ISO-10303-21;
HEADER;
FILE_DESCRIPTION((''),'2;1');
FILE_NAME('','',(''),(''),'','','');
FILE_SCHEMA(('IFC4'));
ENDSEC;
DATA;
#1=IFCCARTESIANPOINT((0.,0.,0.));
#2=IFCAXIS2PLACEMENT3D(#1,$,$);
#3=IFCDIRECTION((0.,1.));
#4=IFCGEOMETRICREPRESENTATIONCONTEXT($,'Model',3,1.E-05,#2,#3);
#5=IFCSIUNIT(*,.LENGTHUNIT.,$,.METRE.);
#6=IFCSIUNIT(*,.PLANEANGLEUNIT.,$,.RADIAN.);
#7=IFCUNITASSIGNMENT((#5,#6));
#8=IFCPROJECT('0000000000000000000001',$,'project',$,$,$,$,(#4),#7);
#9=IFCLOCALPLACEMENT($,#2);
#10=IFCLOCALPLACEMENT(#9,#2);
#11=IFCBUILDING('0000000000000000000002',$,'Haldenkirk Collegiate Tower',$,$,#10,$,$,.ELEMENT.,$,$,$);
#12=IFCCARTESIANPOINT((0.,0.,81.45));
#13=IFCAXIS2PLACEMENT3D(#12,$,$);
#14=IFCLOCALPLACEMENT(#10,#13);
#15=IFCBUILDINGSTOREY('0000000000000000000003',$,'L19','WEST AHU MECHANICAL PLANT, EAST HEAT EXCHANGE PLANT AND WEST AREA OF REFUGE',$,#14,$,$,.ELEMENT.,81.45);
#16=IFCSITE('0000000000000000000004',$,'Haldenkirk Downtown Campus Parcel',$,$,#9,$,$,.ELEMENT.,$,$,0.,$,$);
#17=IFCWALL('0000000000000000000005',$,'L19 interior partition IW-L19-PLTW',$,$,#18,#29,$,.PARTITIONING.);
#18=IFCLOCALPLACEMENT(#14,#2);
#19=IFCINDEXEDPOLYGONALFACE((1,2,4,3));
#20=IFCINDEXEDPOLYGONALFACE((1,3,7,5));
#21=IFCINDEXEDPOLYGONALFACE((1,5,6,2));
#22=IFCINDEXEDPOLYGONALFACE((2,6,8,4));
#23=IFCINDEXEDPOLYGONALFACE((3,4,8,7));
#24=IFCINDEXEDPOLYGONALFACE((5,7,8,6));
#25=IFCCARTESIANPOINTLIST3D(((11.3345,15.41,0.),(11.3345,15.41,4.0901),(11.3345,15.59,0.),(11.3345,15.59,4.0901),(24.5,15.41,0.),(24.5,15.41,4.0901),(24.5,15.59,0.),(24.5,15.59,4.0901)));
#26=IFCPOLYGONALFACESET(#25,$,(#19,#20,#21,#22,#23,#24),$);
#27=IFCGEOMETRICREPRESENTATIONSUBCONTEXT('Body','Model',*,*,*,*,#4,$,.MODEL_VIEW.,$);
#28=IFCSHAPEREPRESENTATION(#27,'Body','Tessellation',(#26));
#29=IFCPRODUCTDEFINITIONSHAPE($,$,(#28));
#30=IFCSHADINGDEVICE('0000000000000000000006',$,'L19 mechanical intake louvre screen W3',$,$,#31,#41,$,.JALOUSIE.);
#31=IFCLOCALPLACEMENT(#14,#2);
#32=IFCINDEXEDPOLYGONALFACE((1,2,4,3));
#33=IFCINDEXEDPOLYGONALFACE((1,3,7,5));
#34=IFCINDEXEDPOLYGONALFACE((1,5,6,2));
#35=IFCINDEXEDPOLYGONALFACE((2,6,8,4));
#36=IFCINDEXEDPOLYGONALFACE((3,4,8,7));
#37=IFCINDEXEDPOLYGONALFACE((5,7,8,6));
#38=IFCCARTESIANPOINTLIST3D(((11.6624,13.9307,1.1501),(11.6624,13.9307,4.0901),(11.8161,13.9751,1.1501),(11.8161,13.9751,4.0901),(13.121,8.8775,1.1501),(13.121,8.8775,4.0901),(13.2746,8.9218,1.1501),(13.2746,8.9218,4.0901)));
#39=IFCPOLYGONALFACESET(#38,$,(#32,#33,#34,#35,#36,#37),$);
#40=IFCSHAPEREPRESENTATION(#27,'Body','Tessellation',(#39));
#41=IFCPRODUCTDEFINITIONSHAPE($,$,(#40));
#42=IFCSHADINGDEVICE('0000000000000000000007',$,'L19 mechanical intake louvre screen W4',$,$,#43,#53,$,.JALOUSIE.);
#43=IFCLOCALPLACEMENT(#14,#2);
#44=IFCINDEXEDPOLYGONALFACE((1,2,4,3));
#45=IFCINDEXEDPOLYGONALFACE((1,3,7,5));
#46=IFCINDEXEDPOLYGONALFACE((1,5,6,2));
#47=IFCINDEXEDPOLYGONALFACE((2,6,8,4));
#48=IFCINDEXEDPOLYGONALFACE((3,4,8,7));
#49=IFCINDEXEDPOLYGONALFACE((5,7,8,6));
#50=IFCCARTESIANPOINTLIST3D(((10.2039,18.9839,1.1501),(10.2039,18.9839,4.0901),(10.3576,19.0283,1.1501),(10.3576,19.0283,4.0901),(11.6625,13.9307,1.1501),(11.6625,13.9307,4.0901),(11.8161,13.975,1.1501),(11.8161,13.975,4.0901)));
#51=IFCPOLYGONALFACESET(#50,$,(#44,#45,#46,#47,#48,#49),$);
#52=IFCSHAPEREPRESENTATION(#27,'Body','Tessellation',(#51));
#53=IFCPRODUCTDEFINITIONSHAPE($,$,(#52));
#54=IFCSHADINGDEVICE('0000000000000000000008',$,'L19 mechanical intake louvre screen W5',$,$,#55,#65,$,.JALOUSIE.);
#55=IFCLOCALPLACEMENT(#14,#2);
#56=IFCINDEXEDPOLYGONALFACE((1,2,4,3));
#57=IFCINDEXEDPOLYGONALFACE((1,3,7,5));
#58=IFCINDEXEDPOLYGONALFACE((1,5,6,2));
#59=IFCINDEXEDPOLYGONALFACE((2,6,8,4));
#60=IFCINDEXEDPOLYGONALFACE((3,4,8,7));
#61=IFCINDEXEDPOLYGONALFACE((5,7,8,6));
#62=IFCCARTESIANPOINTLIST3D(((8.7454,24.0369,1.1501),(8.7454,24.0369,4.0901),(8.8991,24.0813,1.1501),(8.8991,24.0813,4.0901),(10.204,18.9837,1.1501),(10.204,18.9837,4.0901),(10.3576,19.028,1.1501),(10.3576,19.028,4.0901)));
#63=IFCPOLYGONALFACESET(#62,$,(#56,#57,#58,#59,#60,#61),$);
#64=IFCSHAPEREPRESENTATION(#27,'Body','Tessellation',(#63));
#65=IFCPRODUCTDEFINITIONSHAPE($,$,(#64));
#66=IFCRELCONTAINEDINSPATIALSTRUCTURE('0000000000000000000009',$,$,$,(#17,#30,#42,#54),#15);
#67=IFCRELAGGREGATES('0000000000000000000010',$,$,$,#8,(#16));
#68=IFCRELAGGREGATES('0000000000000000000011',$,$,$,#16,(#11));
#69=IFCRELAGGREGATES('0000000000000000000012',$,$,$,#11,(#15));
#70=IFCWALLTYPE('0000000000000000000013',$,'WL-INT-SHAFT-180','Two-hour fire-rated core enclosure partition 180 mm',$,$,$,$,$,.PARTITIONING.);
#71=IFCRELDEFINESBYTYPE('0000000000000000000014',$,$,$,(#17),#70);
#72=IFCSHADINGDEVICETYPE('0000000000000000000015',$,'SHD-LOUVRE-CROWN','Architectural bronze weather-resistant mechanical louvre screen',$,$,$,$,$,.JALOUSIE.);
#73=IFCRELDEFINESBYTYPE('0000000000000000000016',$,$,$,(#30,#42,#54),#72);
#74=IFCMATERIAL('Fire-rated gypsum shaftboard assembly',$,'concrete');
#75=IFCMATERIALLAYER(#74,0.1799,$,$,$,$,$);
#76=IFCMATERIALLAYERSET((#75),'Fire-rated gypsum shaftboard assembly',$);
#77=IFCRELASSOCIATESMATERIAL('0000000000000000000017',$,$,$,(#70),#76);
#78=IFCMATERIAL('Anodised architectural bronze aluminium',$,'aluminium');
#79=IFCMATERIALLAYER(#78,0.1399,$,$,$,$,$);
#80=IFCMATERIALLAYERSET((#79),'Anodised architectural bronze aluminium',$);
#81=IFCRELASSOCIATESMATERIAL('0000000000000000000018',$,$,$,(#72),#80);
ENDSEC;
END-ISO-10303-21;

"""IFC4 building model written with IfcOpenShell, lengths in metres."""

from ifc_helpers import new_model, si_unit, direction, frame, frame_2d, origin, origin_2d, place, context, subcontext, project, spatial, rectangle, extrude, source, transform, mapped, material, layer, layer_set, type_object, element, save


model = new_model("IFC4")

# Units and contexts
model_context = context("Model", 3, precision=1e-05, world=origin(), true_north=direction((0.0, 1.0)))
body_context = subcontext(model_context, "Body", "Model", "MODEL_VIEW")
ifc_project = project(units=[si_unit("LENGTHUNIT", "METRE"), si_unit("PLANEANGLEUNIT", "RADIAN")], contexts=[model_context])

# Site, building, storey
site_placement = place(None, origin())
site = spatial("IfcSite", under=ifc_project, at=site_placement, Name="Haldenkirk Downtown Campus Parcel", CompositionType="ELEMENT", RefElevation=0.0)
building_placement = place(site_placement, origin())
building = spatial("IfcBuilding", under=site, at=building_placement, Name="Haldenkirk Collegiate Tower", CompositionType="ELEMENT")
storey_placement = place(building_placement, frame((0.0, 0.0, 81.45)))
storey = spatial("IfcBuildingStorey", under=building, at=storey_placement, Name="L19", Description="WEST AHU MECHANICAL PLANT, EAST HEAT EXCHANGE PLANT AND WEST AREA OF REFUGE", CompositionType="ELEMENT", Elevation=81.45)

# Wall
ifc_material_1 = material(Name="Fire-rated gypsum shaftboard assembly", Category="concrete")
ifc_layer_1 = layer(ifc_material_1, 0.1799)
ifc_layer_set_1 = layer_set([ifc_layer_1], Name="Fire-rated gypsum shaftboard assembly")
wall_type_1 = type_object("IfcWallType", Name="WL-INT-SHAFT-180", Description="Two-hour fire-rated core enclosure partition 180 mm", PredefinedType="PARTITIONING", material=ifc_layer_set_1)
wall_1_placement = place(storey_placement, frame((11.3345, 15.5, 0.0), z_axis=(0.0, 0.0, 1.0), x_axis=(1.0, 0.0, 0.0)))
element("IfcWall", 1, at=wall_1_placement, inside=storey, type_object=wall_type_1, Name="L19 interior partition IW-L19-PLTW", PredefinedType="PARTITIONING", context=body_context, shape_type="SweptSolid", body=[
    extrude(rectangle(XDim=13.1655, YDim=0.1799, at=frame_2d((6.5828, 0.0))), origin(), (0.0, 0.0, 1.0), 4.0901),
])

# Shading devices
ifc_material_2 = material(Name="Anodised architectural bronze aluminium", Category="aluminium")
ifc_layer_2 = layer(ifc_material_2, 0.1399)
ifc_layer_set_2 = layer_set([ifc_layer_2], Name="Anodised architectural bronze aluminium")
shading_device_type = type_object("IfcShadingDeviceType", Name="SHD-LOUVRE-CROWN", Description="Architectural bronze weather-resistant mechanical louvre screen", PredefinedType="JALOUSIE", material=ifc_layer_set_2)
shared_shape_1 = source(origin(), body_context, "Body", "SweptSolid", [
    extrude(rectangle(XDim=5.2595, YDim=0.1599, at=origin_2d()), origin(), (0.0, 0.0, 1.0), 2.9399),
])
for number, where, z_axis, x_axis, name in (
    (2, (12.4685, 11.4263, 1.1501), (0.0, 0.0, 1.0), (-0.277315, 0.960779, 0.0), "L19 mechanical intake louvre screen W3"),
    (3, (11.01, 16.4795, 1.1501), (0.0, 0.0, 1.0), (-0.277315, 0.960779, 0.0), "L19 mechanical intake louvre screen W4"),
    (4, (9.5515, 21.5325, 1.1501), (0.0, 0.0, 1.0), (-0.277315, 0.960779, 0.0), "L19 mechanical intake louvre screen W5"),
):
    element("IfcShadingDevice", number, at=place(storey_placement, frame(where, z_axis=z_axis, x_axis=x_axis)), inside=storey, type_object=shading_device_type, Name=name, PredefinedType="JALOUSIE", context=body_context, shape_type="MappedRepresentation", body=[
        mapped(shared_shape_1, transform((0.0, 0.0, 0.0), x_axis=(1.0, 0.0, 0.0), y_axis=(0.0, 1.0, 0.0), z_axis=(0.0, 0.0, 1.0), scale=1.0)),
    ])

save(model, "model.ifc")
